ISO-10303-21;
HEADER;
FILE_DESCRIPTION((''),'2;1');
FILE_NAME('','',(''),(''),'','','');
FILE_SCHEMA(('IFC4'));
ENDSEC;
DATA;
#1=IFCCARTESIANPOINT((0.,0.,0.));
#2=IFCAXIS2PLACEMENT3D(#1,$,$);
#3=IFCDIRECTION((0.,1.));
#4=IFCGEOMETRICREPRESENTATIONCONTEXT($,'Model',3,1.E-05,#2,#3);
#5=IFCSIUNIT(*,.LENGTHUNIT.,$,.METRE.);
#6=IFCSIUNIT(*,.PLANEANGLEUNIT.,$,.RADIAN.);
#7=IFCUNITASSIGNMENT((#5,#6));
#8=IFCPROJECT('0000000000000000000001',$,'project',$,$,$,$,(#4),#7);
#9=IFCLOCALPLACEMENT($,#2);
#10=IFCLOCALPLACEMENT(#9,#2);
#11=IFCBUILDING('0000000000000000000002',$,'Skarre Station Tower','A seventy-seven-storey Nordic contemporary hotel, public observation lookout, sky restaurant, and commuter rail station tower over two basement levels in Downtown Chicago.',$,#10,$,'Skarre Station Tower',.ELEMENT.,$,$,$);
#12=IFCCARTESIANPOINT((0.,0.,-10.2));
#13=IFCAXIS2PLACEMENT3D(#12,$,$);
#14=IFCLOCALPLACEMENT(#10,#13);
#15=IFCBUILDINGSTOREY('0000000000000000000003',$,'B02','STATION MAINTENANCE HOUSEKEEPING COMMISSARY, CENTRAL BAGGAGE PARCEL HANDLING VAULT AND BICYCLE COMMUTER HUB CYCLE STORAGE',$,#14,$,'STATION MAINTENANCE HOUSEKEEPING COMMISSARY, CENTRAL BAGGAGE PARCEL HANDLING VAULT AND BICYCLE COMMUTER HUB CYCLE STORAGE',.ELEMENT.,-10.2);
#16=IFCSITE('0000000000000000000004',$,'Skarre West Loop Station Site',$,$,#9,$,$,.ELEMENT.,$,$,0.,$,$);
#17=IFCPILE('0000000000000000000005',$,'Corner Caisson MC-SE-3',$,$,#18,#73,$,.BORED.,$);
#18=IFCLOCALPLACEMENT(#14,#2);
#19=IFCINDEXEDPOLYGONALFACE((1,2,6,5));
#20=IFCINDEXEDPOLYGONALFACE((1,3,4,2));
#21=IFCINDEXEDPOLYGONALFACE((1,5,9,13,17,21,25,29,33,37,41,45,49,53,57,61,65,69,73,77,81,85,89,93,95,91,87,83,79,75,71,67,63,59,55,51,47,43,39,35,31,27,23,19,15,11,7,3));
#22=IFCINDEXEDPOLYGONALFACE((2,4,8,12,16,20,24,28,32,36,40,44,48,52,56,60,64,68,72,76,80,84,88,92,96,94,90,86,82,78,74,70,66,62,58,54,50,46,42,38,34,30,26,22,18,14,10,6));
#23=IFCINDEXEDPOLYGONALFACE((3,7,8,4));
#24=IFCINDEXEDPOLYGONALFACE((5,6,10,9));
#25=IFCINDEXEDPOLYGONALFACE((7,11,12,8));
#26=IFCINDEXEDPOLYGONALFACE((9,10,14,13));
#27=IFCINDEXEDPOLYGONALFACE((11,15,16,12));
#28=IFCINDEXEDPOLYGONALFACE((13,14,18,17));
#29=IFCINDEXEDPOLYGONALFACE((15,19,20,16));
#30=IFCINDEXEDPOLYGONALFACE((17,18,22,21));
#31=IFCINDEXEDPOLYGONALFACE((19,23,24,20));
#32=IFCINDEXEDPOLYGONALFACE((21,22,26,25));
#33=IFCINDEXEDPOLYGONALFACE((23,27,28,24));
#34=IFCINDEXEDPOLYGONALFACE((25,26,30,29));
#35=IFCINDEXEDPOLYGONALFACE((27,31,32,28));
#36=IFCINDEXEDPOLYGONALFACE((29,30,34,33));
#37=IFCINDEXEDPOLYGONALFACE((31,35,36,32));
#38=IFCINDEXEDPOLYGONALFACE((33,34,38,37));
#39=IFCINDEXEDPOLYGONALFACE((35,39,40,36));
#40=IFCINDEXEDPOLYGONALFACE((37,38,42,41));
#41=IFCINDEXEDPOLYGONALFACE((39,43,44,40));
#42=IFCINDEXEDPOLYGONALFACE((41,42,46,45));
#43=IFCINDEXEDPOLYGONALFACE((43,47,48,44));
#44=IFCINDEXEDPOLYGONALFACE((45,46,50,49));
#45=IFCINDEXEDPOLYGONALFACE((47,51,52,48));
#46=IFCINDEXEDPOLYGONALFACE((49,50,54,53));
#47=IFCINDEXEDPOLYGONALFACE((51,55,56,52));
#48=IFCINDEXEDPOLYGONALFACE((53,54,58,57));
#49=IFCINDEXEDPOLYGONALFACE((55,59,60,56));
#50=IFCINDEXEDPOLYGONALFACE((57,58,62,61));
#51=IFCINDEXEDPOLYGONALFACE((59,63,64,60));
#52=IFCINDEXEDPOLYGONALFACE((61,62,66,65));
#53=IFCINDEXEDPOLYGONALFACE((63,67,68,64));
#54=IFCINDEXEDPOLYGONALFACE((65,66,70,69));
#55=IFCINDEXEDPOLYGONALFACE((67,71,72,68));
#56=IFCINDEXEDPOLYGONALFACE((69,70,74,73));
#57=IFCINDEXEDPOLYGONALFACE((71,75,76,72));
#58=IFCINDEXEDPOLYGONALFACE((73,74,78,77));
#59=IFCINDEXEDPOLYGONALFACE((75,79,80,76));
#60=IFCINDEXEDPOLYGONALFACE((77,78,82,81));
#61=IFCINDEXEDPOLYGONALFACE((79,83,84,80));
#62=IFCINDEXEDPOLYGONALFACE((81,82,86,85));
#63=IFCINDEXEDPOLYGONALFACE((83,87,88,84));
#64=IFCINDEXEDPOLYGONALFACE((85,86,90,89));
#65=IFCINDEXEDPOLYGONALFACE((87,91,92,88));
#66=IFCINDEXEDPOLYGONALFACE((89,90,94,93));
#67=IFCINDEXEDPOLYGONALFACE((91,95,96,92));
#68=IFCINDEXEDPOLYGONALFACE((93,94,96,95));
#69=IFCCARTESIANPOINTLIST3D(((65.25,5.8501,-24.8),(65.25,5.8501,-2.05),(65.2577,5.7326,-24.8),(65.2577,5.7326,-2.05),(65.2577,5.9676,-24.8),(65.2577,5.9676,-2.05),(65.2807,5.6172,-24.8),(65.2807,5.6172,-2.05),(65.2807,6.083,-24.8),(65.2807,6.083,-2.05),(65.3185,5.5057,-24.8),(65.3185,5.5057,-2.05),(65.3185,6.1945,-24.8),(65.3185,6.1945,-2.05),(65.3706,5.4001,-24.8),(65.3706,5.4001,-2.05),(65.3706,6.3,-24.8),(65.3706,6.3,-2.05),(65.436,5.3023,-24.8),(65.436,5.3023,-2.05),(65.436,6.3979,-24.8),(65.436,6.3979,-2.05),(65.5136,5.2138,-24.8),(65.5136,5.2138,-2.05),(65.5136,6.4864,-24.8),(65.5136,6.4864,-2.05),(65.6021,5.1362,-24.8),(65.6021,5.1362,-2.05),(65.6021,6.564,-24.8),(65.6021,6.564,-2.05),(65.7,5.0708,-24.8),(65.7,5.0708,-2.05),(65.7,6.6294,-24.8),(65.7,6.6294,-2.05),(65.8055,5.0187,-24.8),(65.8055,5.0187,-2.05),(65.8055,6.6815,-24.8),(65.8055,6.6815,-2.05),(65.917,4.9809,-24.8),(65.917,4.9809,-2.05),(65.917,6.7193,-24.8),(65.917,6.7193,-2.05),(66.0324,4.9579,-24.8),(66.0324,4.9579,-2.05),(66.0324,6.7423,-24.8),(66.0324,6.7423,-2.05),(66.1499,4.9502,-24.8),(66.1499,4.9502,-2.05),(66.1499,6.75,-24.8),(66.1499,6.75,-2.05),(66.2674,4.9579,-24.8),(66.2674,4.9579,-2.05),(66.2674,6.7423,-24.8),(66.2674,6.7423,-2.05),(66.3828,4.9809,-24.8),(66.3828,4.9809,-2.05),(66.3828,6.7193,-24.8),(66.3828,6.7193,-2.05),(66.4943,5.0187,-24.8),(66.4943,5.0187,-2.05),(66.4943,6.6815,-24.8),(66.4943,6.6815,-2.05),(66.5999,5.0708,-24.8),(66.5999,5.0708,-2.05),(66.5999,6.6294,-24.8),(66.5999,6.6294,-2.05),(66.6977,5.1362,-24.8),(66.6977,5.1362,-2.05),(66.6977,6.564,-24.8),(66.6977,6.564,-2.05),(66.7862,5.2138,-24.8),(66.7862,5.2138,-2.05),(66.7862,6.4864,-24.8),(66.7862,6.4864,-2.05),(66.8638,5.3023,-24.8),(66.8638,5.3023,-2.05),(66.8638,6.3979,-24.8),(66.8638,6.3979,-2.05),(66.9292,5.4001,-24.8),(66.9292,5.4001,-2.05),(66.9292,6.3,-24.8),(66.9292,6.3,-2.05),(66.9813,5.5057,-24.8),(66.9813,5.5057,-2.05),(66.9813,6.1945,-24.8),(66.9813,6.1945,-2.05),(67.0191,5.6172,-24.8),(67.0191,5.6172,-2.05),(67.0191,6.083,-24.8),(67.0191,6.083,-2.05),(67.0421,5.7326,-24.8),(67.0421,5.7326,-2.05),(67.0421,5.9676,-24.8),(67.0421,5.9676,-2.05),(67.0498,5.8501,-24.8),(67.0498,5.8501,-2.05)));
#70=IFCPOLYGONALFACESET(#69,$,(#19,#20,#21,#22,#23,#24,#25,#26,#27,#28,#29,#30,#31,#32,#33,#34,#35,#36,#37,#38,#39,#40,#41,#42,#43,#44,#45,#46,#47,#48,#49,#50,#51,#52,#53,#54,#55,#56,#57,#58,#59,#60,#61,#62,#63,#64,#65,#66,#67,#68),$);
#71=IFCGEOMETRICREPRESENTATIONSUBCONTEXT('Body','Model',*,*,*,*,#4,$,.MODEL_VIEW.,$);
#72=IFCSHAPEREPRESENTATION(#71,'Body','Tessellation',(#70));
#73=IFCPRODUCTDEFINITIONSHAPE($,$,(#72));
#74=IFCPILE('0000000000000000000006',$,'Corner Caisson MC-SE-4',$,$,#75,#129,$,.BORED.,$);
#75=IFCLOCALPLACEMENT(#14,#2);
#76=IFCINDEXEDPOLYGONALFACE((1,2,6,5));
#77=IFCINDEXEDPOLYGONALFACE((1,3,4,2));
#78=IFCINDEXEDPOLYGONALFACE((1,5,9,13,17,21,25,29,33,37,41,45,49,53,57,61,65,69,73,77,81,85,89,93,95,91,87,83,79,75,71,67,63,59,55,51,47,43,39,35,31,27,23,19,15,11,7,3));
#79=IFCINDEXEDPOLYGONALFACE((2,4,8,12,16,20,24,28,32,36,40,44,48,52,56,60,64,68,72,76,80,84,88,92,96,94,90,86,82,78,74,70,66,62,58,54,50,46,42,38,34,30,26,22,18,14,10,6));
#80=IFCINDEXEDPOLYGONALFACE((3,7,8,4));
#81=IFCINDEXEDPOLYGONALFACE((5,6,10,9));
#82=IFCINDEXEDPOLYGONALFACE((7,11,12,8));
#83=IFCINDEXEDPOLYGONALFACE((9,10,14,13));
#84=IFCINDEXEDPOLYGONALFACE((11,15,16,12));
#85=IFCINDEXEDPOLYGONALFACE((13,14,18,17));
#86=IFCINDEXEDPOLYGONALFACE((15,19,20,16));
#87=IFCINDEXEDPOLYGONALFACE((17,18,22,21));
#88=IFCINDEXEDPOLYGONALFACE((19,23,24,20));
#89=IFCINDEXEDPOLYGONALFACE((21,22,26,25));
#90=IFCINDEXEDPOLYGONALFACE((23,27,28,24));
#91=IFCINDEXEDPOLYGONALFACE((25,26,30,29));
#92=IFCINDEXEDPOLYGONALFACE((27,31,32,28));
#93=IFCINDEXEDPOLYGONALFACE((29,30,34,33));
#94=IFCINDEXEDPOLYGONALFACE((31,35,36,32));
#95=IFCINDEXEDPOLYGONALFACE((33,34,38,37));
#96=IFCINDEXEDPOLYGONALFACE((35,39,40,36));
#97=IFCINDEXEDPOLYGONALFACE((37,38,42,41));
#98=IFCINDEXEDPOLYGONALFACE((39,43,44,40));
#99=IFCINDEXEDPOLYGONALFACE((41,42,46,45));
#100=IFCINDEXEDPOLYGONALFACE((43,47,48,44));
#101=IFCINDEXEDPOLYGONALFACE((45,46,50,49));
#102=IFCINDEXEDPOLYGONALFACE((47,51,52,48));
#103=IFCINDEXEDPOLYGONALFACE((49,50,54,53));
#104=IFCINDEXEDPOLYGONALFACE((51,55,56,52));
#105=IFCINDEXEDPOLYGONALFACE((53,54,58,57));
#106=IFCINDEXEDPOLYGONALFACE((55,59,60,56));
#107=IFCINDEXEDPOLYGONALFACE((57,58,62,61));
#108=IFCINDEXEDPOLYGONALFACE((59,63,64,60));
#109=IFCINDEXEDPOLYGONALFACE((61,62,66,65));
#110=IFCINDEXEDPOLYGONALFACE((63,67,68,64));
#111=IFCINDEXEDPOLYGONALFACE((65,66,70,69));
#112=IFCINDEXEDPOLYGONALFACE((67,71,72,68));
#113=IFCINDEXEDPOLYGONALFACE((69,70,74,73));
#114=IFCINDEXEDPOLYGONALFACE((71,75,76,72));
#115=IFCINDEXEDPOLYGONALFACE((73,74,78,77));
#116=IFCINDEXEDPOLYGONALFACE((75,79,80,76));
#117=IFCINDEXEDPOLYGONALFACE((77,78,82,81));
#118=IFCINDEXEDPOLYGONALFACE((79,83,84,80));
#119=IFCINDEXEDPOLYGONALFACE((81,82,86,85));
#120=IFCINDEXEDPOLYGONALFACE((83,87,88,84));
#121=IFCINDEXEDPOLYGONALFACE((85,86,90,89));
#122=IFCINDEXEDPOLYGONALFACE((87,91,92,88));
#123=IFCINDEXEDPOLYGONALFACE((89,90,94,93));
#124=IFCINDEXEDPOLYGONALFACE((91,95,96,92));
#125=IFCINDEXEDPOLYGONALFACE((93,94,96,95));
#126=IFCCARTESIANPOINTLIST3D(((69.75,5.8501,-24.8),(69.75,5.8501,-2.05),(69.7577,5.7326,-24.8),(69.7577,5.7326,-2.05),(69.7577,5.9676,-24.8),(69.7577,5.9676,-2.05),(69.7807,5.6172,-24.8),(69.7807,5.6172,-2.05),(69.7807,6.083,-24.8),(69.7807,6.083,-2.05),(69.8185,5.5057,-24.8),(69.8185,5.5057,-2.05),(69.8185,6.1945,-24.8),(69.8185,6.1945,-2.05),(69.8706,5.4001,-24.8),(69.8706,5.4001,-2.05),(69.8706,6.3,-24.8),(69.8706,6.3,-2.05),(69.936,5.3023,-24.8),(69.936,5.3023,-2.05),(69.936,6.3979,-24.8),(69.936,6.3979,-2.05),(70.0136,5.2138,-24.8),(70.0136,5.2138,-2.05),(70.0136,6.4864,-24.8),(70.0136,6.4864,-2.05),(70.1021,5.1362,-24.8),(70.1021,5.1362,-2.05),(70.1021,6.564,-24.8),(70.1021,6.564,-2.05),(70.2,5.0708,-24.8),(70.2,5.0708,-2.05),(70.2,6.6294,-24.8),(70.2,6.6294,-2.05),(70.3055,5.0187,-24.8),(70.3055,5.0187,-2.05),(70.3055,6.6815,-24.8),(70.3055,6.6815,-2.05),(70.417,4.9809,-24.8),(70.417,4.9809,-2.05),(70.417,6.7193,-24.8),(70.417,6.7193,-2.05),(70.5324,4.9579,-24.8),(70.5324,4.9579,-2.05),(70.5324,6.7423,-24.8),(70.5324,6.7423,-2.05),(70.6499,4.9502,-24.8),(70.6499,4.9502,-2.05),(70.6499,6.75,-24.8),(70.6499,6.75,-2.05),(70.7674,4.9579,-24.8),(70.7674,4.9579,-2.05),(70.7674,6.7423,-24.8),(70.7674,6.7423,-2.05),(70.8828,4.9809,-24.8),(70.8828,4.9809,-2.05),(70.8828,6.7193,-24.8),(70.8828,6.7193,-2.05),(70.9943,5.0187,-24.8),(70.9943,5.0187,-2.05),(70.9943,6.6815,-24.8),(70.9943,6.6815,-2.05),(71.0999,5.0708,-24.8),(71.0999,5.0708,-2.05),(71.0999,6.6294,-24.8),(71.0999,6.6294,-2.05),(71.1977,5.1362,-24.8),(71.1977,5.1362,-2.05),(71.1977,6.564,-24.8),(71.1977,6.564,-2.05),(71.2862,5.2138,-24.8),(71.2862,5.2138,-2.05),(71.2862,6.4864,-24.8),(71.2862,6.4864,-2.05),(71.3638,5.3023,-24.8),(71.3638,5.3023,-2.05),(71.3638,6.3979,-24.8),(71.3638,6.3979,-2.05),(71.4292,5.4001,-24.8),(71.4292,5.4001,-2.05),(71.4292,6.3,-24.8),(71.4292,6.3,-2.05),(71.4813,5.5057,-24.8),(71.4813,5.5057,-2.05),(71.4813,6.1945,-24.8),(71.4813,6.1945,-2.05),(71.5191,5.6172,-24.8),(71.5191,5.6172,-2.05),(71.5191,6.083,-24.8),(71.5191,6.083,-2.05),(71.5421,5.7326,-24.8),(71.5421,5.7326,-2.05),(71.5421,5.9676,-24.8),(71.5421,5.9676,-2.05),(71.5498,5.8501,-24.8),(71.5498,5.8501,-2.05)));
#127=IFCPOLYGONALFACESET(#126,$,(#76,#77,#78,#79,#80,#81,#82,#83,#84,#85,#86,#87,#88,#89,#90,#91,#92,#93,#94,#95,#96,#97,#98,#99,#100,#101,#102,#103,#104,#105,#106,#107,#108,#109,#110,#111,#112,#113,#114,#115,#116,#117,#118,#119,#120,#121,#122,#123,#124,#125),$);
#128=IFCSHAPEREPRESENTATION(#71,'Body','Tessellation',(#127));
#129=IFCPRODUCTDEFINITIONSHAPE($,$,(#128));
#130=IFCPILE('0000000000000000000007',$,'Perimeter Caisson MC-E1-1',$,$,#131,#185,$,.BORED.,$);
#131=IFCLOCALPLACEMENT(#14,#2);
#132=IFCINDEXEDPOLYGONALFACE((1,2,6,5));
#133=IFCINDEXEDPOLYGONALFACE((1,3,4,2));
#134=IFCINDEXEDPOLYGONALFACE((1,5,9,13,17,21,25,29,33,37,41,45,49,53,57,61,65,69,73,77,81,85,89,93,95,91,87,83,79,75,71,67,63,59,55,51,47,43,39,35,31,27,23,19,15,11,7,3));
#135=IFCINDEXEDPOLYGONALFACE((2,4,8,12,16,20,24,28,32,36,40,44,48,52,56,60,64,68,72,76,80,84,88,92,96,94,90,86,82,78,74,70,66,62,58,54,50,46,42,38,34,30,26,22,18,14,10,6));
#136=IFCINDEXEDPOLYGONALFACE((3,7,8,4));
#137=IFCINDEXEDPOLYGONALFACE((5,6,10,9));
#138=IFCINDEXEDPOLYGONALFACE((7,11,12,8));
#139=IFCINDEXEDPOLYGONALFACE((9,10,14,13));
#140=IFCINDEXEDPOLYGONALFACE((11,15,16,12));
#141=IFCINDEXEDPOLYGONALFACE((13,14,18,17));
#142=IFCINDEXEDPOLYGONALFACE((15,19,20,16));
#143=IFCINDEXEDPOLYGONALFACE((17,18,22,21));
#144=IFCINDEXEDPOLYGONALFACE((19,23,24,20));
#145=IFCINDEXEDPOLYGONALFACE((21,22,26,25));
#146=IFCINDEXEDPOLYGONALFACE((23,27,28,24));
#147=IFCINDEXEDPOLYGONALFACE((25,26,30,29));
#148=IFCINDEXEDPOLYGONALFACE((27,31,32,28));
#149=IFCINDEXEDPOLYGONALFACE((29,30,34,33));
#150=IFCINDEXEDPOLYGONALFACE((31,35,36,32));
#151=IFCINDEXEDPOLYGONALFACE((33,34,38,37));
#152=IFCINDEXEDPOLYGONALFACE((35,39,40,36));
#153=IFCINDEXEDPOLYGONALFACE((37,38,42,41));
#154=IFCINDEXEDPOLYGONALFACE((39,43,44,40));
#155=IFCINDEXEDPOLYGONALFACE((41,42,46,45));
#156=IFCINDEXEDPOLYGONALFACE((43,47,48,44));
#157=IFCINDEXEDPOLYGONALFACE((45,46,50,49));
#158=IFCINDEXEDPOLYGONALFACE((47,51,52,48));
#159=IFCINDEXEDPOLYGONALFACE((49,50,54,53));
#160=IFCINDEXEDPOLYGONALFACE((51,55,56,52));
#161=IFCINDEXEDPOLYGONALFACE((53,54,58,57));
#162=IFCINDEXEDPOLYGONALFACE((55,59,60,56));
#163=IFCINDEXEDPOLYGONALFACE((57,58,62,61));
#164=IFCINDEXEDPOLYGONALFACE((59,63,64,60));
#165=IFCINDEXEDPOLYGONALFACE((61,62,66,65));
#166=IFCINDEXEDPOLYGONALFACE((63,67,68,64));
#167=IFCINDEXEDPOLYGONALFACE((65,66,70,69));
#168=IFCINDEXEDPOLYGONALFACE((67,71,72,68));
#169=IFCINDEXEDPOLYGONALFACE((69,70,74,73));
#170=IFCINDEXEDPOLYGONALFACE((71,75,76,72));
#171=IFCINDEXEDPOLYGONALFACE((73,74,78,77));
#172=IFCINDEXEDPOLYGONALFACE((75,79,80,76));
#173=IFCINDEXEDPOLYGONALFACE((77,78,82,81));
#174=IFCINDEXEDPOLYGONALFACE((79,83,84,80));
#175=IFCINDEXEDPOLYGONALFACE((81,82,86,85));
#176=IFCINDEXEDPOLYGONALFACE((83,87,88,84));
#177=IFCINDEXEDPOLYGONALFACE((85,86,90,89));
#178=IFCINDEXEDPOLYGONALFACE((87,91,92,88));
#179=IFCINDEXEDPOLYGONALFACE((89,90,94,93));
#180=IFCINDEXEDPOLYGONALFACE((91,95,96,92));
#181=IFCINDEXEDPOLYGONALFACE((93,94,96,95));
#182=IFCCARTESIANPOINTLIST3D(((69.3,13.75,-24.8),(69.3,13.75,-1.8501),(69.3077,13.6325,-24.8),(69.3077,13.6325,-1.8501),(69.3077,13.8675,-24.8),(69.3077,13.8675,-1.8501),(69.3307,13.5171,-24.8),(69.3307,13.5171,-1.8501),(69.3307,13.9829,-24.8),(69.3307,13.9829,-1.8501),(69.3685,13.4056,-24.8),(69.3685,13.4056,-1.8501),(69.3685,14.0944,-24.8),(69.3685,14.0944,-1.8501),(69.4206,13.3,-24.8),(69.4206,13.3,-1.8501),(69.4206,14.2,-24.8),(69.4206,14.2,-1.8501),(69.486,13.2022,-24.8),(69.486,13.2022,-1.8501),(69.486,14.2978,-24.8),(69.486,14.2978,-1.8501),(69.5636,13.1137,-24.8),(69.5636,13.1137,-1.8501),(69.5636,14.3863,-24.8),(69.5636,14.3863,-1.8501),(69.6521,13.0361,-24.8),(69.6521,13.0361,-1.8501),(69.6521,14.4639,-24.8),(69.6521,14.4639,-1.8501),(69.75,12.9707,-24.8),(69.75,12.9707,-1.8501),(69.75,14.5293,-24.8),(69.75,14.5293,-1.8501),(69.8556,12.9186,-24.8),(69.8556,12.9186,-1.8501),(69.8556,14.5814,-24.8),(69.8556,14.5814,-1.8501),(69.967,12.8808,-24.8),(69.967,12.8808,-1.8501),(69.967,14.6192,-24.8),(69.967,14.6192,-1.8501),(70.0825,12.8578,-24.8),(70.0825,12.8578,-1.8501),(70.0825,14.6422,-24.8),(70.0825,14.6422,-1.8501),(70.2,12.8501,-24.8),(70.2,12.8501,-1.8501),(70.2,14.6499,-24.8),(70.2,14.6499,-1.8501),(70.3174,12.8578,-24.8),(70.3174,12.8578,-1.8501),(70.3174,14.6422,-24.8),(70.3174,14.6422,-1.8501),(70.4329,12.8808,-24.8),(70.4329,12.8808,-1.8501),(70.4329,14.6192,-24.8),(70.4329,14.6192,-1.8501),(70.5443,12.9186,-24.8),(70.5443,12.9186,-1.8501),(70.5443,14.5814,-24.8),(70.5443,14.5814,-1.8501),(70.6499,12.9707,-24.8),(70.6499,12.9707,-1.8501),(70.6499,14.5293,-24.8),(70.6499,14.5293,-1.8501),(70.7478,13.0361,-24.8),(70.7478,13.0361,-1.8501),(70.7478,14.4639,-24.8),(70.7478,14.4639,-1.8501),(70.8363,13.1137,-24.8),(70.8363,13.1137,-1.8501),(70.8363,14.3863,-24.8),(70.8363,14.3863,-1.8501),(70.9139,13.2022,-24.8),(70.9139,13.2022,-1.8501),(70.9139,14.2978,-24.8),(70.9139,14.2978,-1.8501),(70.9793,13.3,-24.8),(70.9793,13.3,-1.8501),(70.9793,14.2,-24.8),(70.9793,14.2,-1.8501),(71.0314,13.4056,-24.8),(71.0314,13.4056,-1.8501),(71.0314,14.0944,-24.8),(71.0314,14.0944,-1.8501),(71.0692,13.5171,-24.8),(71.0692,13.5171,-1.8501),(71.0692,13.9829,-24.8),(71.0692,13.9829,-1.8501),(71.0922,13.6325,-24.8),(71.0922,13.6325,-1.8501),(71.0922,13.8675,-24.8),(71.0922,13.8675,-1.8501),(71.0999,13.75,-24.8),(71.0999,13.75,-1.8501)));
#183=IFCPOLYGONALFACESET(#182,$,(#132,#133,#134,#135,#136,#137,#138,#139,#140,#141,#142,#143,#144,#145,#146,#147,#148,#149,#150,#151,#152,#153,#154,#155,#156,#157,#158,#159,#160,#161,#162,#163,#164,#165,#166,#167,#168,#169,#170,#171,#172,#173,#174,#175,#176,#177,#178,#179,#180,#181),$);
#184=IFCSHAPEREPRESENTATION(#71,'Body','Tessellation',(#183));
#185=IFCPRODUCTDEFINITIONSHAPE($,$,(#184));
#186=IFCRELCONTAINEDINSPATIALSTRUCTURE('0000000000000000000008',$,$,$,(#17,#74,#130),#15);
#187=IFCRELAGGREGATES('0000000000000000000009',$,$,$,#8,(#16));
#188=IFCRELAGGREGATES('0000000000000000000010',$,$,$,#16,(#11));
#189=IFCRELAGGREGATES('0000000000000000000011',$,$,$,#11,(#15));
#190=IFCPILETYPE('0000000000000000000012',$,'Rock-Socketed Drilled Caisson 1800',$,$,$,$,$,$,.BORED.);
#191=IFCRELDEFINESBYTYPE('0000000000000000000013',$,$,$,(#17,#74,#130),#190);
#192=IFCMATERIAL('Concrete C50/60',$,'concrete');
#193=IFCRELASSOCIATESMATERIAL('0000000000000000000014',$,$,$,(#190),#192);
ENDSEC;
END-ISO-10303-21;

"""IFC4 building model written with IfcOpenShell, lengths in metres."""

from ifc_helpers import new_model, si_unit, direction, frame, origin, origin_2d, place, context, subcontext, project, spatial, circle, extrude, material, material_profile, profile_set, type_object, element, save


model = new_model("IFC4")

# Units and contexts
model_context = context("Model", 3, precision=1e-05, world=origin(), true_north=direction((0.0, 1.0)))
body_context = subcontext(model_context, "Body", "Model", "MODEL_VIEW")
ifc_project = project(units=[si_unit("LENGTHUNIT", "METRE"), si_unit("PLANEANGLEUNIT", "RADIAN")], contexts=[model_context])

# Site, building, storey
site_placement = place(None, origin())
site = spatial("IfcSite", under=ifc_project, at=site_placement, Name="Skarre West Loop Station Site", CompositionType="ELEMENT", RefElevation=0.0)
building_placement = place(site_placement, origin())
building = spatial("IfcBuilding", under=site, at=building_placement, Name="Skarre Station Tower", Description="A seventy-seven-storey Nordic contemporary hotel, public observation lookout, sky restaurant, and commuter rail station tower over two basement levels in Downtown Chicago.", LongName="Skarre Station Tower", CompositionType="ELEMENT")
storey_placement = place(building_placement, frame((0.0, 0.0, -10.2)))
storey = spatial("IfcBuildingStorey", under=building, at=storey_placement, Name="B02", Description="STATION MAINTENANCE HOUSEKEEPING COMMISSARY, CENTRAL BAGGAGE PARCEL HANDLING VAULT AND BICYCLE COMMUTER HUB CYCLE STORAGE", LongName="STATION MAINTENANCE HOUSEKEEPING COMMISSARY, CENTRAL BAGGAGE PARCEL HANDLING VAULT AND BICYCLE COMMUTER HUB CYCLE STORAGE", CompositionType="ELEMENT", Elevation=-10.2)

# Shared definitions
ifc_material_1 = material(Name="Concrete C50/60", Category="concrete")

# Piles
ifc_material_profile_1 = material_profile(ifc_material_1, circle(Radius=0.8999, at=origin_2d()), Name="Concrete C50/60")
ifc_profile_set_1 = profile_set([ifc_material_profile_1], Name="Concrete C50/60")
pile_type = type_object("IfcPileType", Name="Rock-Socketed Drilled Caisson 1800", PredefinedType="BORED", material=ifc_profile_set_1)
for number, where, z_axis, x_axis, name in (
    (1, (66.1499, 5.8501, -2.05), (0.0, 0.0, -1.0), (1.0, 0.0, 0.0), "Corner Caisson MC-SE-3"),
    (2, (70.6499, 5.8501, -2.05), (0.0, 0.0, -1.0), (1.0, 0.0, 0.0), "Corner Caisson MC-SE-4"),
):
    element("IfcPile", number, at=place(storey_placement, frame(where, z_axis=z_axis, x_axis=x_axis)), inside=storey, type_object=pile_type, Name=name, PredefinedType="BORED", context=body_context, shape_type="SweptSolid", body=[
        extrude(circle(Radius=0.8999, at=origin_2d()), origin(), (0.0, 0.0, 1.0), 22.75),
    ])
for number, where, z_axis, x_axis, name in (
    (3, (70.2, 13.75, -1.8501), (0.0, 0.0, -1.0), (1.0, 0.0, 0.0), "Perimeter Caisson MC-E1-1"),
):
    element("IfcPile", number, at=place(storey_placement, frame(where, z_axis=z_axis, x_axis=x_axis)), inside=storey, type_object=pile_type, Name=name, PredefinedType="BORED", context=body_context, shape_type="SweptSolid", body=[
        extrude(circle(Radius=0.8999, at=origin_2d()), origin(), (0.0, 0.0, 1.0), 22.95),
    ])

save(model, "model.ifc")
